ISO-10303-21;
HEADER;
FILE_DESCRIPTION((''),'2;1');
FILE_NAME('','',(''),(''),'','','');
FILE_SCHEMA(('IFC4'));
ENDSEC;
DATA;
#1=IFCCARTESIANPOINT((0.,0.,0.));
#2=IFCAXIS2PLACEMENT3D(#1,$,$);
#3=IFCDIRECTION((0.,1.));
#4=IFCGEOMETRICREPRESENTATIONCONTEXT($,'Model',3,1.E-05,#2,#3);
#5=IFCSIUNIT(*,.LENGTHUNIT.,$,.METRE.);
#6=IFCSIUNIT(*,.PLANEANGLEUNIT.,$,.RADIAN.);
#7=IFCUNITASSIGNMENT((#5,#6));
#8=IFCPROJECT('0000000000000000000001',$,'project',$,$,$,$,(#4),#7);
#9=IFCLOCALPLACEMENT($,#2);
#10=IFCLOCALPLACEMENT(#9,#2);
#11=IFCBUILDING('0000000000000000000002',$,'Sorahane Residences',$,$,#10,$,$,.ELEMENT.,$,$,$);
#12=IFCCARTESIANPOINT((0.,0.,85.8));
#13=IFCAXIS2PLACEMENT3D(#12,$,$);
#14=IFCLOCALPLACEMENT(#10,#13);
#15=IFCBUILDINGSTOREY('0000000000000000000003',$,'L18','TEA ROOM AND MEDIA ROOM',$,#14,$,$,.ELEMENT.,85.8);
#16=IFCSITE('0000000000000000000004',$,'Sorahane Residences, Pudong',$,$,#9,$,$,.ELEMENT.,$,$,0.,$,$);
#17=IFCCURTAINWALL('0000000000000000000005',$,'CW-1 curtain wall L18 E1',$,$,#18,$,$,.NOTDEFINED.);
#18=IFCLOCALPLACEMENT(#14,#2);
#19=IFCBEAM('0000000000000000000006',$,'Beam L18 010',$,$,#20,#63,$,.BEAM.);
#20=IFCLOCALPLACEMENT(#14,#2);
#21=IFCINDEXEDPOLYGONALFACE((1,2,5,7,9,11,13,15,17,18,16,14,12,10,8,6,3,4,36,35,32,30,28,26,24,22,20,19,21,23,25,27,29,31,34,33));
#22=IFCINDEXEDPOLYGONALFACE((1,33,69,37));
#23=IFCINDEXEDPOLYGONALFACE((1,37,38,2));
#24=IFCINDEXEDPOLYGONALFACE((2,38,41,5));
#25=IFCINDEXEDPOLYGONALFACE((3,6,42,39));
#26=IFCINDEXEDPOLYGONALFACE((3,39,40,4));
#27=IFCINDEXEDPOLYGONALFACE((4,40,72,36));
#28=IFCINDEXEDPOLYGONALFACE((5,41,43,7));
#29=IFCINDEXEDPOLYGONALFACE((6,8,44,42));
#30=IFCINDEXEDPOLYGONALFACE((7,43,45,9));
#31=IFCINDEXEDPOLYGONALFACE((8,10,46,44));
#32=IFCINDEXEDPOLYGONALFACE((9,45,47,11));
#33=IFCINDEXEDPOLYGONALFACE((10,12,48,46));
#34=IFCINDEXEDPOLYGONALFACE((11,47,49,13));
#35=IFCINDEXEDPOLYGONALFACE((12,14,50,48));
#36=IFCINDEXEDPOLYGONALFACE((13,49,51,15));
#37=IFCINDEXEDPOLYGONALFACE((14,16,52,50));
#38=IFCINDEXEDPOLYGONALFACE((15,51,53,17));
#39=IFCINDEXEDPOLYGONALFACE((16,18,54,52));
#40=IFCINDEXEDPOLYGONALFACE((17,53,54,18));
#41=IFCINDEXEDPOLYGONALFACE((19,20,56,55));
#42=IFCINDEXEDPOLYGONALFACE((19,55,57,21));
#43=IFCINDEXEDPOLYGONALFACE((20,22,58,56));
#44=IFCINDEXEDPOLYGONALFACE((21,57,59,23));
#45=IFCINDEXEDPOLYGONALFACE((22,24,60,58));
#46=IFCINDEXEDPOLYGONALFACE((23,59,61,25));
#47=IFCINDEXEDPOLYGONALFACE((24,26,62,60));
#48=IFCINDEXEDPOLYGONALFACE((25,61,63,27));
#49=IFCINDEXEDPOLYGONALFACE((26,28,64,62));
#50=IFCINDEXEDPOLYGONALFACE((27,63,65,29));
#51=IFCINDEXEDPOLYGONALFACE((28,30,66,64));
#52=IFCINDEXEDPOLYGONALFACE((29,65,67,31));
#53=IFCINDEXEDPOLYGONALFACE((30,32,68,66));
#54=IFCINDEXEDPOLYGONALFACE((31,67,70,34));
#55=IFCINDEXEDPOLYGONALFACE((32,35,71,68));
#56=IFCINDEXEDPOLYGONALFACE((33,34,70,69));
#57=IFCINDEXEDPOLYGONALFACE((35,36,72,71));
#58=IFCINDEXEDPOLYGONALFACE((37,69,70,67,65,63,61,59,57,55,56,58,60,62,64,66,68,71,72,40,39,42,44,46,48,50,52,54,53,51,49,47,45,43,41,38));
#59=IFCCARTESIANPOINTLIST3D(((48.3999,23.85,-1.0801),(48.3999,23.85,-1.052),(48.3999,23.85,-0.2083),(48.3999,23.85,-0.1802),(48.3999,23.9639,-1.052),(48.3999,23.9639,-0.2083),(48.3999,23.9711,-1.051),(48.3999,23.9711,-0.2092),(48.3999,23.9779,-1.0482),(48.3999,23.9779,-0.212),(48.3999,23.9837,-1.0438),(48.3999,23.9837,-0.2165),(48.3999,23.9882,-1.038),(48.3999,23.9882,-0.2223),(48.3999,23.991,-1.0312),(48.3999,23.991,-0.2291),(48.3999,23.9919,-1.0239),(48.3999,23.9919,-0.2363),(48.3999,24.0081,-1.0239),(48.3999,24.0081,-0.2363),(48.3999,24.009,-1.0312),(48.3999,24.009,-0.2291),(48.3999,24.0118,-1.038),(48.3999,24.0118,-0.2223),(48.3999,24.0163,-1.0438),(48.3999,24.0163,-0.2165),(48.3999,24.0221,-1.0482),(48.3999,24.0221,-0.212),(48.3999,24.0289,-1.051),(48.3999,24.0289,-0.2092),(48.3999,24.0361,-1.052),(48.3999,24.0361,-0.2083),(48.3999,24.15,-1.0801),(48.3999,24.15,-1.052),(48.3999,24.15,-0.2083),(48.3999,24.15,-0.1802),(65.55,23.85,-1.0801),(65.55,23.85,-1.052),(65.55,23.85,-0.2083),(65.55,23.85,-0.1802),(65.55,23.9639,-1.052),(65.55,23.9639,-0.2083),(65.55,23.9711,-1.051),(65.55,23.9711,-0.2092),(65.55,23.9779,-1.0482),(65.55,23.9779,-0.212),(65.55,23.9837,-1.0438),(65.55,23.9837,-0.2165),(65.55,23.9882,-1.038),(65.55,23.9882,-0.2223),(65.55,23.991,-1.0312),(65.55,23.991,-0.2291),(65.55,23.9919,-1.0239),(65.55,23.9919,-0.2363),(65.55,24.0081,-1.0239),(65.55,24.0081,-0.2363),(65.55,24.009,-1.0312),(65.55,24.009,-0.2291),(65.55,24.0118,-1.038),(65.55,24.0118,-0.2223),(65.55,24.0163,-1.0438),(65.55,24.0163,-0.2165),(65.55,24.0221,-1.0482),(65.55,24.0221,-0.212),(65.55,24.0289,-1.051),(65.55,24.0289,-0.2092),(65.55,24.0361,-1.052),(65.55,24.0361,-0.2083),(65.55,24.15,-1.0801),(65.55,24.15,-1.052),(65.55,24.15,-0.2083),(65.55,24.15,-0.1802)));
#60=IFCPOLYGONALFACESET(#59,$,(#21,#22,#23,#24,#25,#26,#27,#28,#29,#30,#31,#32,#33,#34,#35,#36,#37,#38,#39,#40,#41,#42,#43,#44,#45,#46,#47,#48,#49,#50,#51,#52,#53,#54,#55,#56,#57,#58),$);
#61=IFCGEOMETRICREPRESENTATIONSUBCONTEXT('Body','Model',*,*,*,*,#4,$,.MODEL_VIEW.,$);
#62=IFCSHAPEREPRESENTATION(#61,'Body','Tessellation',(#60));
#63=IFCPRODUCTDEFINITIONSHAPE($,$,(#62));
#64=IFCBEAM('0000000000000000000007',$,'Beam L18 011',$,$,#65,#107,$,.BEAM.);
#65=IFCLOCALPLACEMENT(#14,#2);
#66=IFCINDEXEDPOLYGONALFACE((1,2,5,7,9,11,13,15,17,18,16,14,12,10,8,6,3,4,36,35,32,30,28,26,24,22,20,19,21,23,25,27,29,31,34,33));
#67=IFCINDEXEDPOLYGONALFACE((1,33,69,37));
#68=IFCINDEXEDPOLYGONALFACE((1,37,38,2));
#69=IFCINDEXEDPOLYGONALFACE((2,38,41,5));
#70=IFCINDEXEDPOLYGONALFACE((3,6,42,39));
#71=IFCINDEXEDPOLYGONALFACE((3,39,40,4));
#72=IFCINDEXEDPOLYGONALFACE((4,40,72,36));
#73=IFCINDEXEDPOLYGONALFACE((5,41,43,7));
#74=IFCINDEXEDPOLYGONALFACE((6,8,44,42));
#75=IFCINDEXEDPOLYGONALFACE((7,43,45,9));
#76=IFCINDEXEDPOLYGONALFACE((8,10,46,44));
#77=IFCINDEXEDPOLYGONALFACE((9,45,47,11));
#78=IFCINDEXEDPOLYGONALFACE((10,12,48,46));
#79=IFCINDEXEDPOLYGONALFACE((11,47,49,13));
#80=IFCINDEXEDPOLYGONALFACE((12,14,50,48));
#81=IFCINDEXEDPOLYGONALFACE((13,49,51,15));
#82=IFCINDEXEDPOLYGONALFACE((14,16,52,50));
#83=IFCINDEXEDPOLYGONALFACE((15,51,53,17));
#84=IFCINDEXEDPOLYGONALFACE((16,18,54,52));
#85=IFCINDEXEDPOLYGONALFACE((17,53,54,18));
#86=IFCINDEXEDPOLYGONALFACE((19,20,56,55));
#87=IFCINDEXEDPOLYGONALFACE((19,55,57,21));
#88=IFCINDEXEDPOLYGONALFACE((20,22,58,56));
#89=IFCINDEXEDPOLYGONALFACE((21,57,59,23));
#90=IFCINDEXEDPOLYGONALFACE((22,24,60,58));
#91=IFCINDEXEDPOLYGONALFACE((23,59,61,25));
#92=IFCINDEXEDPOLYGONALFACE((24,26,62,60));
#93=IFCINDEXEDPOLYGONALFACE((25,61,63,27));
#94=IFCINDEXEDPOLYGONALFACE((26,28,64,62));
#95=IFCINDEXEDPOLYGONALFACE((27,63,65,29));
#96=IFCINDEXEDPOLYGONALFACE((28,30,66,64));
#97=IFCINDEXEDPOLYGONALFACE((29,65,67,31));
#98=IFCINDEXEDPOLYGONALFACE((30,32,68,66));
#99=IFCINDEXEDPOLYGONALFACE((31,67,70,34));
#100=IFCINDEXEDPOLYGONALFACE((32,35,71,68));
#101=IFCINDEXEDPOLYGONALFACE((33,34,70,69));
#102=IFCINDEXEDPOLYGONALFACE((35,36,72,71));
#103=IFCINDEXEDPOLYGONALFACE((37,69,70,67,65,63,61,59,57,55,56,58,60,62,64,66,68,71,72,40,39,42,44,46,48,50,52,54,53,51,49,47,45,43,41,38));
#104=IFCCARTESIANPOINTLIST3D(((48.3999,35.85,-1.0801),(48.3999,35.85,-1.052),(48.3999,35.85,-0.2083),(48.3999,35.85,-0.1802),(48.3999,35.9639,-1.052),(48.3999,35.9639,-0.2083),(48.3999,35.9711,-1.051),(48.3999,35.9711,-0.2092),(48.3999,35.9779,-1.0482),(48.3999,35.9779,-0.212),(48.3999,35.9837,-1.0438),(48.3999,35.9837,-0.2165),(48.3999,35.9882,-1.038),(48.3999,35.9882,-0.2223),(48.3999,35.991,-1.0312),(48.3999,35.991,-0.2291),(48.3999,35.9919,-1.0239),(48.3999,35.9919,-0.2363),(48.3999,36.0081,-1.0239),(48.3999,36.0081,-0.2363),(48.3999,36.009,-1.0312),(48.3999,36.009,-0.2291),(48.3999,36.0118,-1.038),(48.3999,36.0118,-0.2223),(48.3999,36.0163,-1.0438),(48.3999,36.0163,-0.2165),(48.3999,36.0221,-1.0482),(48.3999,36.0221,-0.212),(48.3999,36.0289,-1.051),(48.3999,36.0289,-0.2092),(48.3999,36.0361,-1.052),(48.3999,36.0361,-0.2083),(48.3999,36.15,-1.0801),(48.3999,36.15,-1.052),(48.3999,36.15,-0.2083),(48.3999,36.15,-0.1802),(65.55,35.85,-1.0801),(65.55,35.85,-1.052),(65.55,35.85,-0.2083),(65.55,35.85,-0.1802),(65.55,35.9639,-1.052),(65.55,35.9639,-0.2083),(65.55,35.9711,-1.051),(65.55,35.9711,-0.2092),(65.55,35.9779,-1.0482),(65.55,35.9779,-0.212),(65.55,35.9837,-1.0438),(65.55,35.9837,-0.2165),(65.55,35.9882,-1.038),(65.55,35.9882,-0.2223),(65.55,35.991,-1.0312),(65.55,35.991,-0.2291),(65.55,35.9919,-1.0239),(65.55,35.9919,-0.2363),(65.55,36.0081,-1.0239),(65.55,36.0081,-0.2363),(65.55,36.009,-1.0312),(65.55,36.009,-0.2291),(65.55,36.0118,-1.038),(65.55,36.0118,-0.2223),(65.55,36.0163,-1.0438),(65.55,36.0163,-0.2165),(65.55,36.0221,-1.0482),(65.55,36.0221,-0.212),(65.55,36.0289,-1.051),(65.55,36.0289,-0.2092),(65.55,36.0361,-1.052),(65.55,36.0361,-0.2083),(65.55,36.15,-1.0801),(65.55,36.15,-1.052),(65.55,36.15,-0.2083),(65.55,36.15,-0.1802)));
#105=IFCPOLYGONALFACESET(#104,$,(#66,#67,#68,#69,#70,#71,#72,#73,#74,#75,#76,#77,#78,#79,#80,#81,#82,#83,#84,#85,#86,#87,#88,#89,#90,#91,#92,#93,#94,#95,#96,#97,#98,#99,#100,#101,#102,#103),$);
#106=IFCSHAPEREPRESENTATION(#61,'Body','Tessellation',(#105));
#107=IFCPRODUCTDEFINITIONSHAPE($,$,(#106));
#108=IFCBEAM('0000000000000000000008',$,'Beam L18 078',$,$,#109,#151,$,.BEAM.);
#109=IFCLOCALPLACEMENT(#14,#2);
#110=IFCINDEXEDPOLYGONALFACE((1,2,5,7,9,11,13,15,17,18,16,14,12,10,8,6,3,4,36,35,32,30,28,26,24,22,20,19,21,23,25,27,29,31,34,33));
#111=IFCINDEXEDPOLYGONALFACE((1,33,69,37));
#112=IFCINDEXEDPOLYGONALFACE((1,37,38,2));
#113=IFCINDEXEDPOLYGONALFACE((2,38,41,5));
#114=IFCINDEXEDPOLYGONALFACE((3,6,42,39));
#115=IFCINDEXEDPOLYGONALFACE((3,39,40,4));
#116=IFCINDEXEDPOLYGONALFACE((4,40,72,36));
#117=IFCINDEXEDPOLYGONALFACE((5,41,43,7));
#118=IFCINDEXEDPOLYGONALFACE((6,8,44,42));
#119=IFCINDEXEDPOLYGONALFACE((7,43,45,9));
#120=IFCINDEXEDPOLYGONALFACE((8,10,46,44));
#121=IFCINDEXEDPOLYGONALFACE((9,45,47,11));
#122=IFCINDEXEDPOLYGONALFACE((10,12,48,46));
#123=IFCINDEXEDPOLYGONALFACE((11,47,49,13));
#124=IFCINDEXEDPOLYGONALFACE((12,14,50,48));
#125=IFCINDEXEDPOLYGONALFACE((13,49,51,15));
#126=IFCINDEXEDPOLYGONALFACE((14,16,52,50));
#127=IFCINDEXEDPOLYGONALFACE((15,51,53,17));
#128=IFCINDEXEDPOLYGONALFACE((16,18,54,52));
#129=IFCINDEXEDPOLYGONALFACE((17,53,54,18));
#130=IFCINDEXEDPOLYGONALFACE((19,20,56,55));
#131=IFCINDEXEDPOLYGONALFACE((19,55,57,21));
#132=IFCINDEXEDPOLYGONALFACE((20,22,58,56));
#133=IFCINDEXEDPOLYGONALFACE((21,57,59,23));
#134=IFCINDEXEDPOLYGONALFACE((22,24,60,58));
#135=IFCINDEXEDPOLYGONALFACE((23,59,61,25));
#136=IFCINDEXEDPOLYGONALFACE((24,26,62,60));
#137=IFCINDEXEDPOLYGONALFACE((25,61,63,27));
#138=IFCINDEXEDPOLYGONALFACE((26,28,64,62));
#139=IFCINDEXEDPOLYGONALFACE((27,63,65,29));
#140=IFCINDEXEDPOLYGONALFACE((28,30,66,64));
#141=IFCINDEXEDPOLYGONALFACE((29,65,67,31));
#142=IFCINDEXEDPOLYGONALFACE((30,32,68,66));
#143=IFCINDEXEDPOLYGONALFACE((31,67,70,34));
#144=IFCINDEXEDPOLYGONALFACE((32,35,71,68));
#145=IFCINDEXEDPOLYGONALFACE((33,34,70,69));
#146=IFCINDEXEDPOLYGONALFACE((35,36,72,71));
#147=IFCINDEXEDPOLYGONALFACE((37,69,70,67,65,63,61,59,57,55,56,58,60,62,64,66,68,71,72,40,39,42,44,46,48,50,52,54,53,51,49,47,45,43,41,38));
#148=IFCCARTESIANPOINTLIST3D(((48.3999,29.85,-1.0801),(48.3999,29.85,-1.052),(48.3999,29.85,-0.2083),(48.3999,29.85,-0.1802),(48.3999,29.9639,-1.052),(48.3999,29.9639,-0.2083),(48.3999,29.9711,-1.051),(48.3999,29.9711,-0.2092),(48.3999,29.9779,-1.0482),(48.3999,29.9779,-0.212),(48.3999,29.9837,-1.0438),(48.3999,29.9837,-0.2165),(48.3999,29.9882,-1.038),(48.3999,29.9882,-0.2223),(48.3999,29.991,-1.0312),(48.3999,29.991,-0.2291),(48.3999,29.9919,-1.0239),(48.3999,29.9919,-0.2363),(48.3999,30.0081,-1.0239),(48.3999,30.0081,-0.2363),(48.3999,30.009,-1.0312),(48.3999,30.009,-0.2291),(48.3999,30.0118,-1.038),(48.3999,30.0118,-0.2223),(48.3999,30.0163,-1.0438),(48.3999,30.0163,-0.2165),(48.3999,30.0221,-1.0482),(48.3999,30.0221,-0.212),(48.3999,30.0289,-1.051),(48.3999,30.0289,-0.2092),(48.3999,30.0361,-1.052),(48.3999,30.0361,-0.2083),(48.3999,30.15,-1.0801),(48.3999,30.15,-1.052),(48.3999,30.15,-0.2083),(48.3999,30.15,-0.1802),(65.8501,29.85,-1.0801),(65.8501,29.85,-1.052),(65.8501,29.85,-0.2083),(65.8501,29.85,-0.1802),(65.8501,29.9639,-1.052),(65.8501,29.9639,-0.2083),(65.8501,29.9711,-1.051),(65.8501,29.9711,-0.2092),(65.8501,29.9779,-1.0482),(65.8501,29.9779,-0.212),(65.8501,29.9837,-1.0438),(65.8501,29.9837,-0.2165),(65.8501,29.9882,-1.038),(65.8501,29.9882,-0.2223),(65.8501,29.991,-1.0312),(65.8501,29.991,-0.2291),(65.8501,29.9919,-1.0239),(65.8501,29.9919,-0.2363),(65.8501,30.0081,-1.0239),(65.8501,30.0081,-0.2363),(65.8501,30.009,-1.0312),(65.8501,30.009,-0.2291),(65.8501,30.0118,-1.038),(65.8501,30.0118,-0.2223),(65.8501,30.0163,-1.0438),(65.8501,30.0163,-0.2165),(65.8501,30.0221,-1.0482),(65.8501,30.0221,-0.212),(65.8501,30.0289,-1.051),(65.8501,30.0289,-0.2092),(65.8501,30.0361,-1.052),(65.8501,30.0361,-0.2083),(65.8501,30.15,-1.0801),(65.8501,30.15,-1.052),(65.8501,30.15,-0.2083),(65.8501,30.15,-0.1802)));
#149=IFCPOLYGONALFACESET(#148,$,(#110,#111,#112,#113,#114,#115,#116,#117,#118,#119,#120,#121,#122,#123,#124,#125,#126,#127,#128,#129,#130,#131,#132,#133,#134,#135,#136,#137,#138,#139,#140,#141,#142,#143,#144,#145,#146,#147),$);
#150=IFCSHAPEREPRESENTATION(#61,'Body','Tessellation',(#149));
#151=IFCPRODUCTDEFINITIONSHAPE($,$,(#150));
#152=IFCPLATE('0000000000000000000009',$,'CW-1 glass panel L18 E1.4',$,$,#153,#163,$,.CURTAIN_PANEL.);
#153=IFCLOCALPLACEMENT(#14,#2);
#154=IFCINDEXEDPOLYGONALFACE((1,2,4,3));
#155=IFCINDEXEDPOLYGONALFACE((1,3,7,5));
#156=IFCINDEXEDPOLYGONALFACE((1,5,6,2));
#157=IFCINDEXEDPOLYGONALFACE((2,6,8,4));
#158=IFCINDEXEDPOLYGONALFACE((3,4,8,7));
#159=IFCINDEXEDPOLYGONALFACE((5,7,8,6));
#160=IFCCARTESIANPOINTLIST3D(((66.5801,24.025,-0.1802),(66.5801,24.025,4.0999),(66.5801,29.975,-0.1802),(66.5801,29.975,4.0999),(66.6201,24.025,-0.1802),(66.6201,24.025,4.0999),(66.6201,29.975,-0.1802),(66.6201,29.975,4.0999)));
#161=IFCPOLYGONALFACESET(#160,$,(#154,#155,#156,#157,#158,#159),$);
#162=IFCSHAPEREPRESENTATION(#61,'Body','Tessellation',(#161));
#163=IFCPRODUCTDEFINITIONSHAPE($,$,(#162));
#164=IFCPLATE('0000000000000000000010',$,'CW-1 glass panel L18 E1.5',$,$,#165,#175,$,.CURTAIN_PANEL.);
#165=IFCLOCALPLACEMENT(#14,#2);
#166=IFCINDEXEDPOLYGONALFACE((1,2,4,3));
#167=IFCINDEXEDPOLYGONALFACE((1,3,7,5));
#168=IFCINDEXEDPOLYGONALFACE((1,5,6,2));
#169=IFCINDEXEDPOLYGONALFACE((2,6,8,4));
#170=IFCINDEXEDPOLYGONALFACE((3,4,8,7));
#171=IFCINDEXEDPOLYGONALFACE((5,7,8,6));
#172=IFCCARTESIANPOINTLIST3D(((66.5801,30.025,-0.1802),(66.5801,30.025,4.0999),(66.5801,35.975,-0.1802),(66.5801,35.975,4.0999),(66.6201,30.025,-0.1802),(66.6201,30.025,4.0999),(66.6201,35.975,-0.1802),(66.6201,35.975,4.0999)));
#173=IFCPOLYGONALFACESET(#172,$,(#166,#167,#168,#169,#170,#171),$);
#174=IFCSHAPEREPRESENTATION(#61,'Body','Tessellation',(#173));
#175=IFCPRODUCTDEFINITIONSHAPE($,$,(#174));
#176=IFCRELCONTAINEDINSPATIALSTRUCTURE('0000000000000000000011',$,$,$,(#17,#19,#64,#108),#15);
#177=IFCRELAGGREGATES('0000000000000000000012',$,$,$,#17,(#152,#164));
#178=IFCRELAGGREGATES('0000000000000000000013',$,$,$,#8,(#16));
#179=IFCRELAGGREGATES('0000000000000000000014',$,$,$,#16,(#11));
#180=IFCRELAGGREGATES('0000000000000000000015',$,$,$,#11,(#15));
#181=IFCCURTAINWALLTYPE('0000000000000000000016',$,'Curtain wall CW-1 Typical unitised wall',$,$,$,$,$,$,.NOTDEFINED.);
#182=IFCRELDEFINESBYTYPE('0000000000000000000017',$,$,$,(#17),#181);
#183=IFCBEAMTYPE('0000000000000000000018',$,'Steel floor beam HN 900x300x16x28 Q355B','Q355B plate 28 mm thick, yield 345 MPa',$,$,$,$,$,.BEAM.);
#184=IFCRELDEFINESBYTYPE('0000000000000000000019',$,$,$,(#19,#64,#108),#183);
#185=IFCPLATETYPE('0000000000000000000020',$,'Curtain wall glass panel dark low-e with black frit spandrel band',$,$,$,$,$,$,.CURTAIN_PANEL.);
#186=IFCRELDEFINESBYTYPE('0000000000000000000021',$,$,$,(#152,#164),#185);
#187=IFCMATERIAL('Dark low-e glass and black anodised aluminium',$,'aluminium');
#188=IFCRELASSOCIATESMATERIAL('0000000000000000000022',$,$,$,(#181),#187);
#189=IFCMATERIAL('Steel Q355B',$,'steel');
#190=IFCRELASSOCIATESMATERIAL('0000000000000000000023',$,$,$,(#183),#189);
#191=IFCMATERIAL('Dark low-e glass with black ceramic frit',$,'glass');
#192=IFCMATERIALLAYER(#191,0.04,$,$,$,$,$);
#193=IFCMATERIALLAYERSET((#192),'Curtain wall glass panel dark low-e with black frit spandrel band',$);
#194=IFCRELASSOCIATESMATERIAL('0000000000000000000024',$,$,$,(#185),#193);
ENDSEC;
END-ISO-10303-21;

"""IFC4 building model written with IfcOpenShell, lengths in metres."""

from ifc_helpers import new_model, si_unit, direction, frame, origin, origin_2d, place, context, subcontext, project, spatial, rectangle, i_section, extrude, material, layer, layer_set, material_profile, profile_set, type_object, element, aggregate, save


model = new_model("IFC4")

# Units and contexts
model_context = context("Model", 3, precision=1e-05, world=origin(), true_north=direction((0.0, 1.0)))
body_context = subcontext(model_context, "Body", "Model", "MODEL_VIEW")
ifc_project = project(units=[si_unit("LENGTHUNIT", "METRE"), si_unit("PLANEANGLEUNIT", "RADIAN")], contexts=[model_context])

# Site, building, storey
site_placement = place(None, origin())
site = spatial("IfcSite", under=ifc_project, at=site_placement, Name="Sorahane Residences, Pudong", CompositionType="ELEMENT", RefElevation=0.0)
building_placement = place(site_placement, origin())
building = spatial("IfcBuilding", under=site, at=building_placement, Name="Sorahane Residences", CompositionType="ELEMENT")
storey_placement = place(building_placement, frame((0.0, 0.0, 85.8)))
storey = spatial("IfcBuildingStorey", under=building, at=storey_placement, Name="L18", Description="TEA ROOM AND MEDIA ROOM", CompositionType="ELEMENT", Elevation=85.8)

# Curtain wall
ifc_material_1 = material(Name="Dark low-e glass and black anodised aluminium", Category="aluminium")
curtain_wall_type = type_object("IfcCurtainWallType", Name="Curtain wall CW-1 Typical unitised wall", PredefinedType="NOTDEFINED", material=ifc_material_1)
curtain_wall_placement = place(storey_placement, origin())
curtain_wall = element("IfcCurtainWall", 1, at=curtain_wall_placement, inside=storey, type_object=curtain_wall_type, Name="CW-1 curtain wall L18 E1", PredefinedType="NOTDEFINED")

# Beams
ifc_material_2 = material(Name="Steel Q355B", Category="steel")
ifc_material_profile_1 = material_profile(ifc_material_2, i_section(OverallWidth=0.3, OverallDepth=0.8999, WebThickness=0.0161, FlangeThickness=0.0281, FilletRadius=0.0281, at=origin_2d()), Name="HN 900x300x16x28")
ifc_profile_set_1 = profile_set([ifc_material_profile_1], Name="Steel Q355B")
beam_type_1 = type_object("IfcBeamType", Name="Steel floor beam HN 900x300x16x28 Q355B", Description="Q355B plate 28 mm thick, yield 345 MPa", PredefinedType="BEAM", material=ifc_profile_set_1)
for number, where, z_axis, x_axis, name in (
    (2, (48.3999, 24.0, -0.6301), (1.0, 0.0, 0.0), (0.0, 1.0, 0.0), "Beam L18 010"),
    (3, (48.3999, 36.0, -0.6301), (1.0, 0.0, 0.0), (0.0, 1.0, 0.0), "Beam L18 011"),
):
    element("IfcBeam", number, at=place(storey_placement, frame(where, z_axis=z_axis, x_axis=x_axis)), inside=storey, type_object=beam_type_1, Name=name, PredefinedType="BEAM", context=body_context, shape_type="SweptSolid", body=[
        extrude(i_section(OverallWidth=0.3, OverallDepth=0.8999, WebThickness=0.0161, FlangeThickness=0.0281, FilletRadius=0.0281, at=origin_2d()), origin(), (0.0, 0.0, 1.0), 17.1501),
    ])
beam_1_placement = place(storey_placement, frame((48.3999, 30.0, -0.6301), z_axis=(1.0, 0.0, 0.0), x_axis=(0.0, 1.0, 0.0)))
element("IfcBeam", 4, at=beam_1_placement, inside=storey, type_object=beam_type_1, Name="Beam L18 078", PredefinedType="BEAM", context=body_context, shape_type="SweptSolid", body=[
    extrude(i_section(OverallWidth=0.3, OverallDepth=0.8999, WebThickness=0.0161, FlangeThickness=0.0281, FilletRadius=0.0281, at=origin_2d()), origin(), (0.0, 0.0, 1.0), 17.4502),
])

# Plates
ifc_material_3 = material(Name="Dark low-e glass with black ceramic frit", Category="glass")
ifc_layer_1 = layer(ifc_material_3, 0.04)
ifc_layer_set_1 = layer_set([ifc_layer_1], Name="Curtain wall glass panel dark low-e with black frit spandrel band")
plate_type = type_object("IfcPlateType", Name="Curtain wall glass panel dark low-e with black frit spandrel band", PredefinedType="CURTAIN_PANEL", material=ifc_layer_set_1)
plate_1_placement = place(storey_placement, frame((66.6001, 27.0, -0.1802), z_axis=(0.0, 0.0, 1.0), x_axis=(0.0, 1.0, 0.0)))
plate_1 = element("IfcPlate", 5, at=plate_1_placement, type_object=plate_type, Name="CW-1 glass panel L18 E1.4", PredefinedType="CURTAIN_PANEL", context=body_context, shape_type="SweptSolid", body=[
    extrude(rectangle(XDim=5.95, YDim=0.04, at=origin_2d()), origin(), (0.0, 0.0, 1.0), 4.28),
])
plate_2_placement = place(storey_placement, frame((66.6001, 33.0, -0.1802), z_axis=(0.0, 0.0, 1.0), x_axis=(0.0, 1.0, 0.0)))
plate_2 = element("IfcPlate", 6, at=plate_2_placement, type_object=plate_type, Name="CW-1 glass panel L18 E1.5", PredefinedType="CURTAIN_PANEL", context=body_context, shape_type="SweptSolid", body=[
    extrude(rectangle(XDim=5.95, YDim=0.04, at=origin_2d()), origin(), (0.0, 0.0, 1.0), 4.28),
])
aggregate(curtain_wall, [plate_1, plate_2])

save(model, "model.ifc")
